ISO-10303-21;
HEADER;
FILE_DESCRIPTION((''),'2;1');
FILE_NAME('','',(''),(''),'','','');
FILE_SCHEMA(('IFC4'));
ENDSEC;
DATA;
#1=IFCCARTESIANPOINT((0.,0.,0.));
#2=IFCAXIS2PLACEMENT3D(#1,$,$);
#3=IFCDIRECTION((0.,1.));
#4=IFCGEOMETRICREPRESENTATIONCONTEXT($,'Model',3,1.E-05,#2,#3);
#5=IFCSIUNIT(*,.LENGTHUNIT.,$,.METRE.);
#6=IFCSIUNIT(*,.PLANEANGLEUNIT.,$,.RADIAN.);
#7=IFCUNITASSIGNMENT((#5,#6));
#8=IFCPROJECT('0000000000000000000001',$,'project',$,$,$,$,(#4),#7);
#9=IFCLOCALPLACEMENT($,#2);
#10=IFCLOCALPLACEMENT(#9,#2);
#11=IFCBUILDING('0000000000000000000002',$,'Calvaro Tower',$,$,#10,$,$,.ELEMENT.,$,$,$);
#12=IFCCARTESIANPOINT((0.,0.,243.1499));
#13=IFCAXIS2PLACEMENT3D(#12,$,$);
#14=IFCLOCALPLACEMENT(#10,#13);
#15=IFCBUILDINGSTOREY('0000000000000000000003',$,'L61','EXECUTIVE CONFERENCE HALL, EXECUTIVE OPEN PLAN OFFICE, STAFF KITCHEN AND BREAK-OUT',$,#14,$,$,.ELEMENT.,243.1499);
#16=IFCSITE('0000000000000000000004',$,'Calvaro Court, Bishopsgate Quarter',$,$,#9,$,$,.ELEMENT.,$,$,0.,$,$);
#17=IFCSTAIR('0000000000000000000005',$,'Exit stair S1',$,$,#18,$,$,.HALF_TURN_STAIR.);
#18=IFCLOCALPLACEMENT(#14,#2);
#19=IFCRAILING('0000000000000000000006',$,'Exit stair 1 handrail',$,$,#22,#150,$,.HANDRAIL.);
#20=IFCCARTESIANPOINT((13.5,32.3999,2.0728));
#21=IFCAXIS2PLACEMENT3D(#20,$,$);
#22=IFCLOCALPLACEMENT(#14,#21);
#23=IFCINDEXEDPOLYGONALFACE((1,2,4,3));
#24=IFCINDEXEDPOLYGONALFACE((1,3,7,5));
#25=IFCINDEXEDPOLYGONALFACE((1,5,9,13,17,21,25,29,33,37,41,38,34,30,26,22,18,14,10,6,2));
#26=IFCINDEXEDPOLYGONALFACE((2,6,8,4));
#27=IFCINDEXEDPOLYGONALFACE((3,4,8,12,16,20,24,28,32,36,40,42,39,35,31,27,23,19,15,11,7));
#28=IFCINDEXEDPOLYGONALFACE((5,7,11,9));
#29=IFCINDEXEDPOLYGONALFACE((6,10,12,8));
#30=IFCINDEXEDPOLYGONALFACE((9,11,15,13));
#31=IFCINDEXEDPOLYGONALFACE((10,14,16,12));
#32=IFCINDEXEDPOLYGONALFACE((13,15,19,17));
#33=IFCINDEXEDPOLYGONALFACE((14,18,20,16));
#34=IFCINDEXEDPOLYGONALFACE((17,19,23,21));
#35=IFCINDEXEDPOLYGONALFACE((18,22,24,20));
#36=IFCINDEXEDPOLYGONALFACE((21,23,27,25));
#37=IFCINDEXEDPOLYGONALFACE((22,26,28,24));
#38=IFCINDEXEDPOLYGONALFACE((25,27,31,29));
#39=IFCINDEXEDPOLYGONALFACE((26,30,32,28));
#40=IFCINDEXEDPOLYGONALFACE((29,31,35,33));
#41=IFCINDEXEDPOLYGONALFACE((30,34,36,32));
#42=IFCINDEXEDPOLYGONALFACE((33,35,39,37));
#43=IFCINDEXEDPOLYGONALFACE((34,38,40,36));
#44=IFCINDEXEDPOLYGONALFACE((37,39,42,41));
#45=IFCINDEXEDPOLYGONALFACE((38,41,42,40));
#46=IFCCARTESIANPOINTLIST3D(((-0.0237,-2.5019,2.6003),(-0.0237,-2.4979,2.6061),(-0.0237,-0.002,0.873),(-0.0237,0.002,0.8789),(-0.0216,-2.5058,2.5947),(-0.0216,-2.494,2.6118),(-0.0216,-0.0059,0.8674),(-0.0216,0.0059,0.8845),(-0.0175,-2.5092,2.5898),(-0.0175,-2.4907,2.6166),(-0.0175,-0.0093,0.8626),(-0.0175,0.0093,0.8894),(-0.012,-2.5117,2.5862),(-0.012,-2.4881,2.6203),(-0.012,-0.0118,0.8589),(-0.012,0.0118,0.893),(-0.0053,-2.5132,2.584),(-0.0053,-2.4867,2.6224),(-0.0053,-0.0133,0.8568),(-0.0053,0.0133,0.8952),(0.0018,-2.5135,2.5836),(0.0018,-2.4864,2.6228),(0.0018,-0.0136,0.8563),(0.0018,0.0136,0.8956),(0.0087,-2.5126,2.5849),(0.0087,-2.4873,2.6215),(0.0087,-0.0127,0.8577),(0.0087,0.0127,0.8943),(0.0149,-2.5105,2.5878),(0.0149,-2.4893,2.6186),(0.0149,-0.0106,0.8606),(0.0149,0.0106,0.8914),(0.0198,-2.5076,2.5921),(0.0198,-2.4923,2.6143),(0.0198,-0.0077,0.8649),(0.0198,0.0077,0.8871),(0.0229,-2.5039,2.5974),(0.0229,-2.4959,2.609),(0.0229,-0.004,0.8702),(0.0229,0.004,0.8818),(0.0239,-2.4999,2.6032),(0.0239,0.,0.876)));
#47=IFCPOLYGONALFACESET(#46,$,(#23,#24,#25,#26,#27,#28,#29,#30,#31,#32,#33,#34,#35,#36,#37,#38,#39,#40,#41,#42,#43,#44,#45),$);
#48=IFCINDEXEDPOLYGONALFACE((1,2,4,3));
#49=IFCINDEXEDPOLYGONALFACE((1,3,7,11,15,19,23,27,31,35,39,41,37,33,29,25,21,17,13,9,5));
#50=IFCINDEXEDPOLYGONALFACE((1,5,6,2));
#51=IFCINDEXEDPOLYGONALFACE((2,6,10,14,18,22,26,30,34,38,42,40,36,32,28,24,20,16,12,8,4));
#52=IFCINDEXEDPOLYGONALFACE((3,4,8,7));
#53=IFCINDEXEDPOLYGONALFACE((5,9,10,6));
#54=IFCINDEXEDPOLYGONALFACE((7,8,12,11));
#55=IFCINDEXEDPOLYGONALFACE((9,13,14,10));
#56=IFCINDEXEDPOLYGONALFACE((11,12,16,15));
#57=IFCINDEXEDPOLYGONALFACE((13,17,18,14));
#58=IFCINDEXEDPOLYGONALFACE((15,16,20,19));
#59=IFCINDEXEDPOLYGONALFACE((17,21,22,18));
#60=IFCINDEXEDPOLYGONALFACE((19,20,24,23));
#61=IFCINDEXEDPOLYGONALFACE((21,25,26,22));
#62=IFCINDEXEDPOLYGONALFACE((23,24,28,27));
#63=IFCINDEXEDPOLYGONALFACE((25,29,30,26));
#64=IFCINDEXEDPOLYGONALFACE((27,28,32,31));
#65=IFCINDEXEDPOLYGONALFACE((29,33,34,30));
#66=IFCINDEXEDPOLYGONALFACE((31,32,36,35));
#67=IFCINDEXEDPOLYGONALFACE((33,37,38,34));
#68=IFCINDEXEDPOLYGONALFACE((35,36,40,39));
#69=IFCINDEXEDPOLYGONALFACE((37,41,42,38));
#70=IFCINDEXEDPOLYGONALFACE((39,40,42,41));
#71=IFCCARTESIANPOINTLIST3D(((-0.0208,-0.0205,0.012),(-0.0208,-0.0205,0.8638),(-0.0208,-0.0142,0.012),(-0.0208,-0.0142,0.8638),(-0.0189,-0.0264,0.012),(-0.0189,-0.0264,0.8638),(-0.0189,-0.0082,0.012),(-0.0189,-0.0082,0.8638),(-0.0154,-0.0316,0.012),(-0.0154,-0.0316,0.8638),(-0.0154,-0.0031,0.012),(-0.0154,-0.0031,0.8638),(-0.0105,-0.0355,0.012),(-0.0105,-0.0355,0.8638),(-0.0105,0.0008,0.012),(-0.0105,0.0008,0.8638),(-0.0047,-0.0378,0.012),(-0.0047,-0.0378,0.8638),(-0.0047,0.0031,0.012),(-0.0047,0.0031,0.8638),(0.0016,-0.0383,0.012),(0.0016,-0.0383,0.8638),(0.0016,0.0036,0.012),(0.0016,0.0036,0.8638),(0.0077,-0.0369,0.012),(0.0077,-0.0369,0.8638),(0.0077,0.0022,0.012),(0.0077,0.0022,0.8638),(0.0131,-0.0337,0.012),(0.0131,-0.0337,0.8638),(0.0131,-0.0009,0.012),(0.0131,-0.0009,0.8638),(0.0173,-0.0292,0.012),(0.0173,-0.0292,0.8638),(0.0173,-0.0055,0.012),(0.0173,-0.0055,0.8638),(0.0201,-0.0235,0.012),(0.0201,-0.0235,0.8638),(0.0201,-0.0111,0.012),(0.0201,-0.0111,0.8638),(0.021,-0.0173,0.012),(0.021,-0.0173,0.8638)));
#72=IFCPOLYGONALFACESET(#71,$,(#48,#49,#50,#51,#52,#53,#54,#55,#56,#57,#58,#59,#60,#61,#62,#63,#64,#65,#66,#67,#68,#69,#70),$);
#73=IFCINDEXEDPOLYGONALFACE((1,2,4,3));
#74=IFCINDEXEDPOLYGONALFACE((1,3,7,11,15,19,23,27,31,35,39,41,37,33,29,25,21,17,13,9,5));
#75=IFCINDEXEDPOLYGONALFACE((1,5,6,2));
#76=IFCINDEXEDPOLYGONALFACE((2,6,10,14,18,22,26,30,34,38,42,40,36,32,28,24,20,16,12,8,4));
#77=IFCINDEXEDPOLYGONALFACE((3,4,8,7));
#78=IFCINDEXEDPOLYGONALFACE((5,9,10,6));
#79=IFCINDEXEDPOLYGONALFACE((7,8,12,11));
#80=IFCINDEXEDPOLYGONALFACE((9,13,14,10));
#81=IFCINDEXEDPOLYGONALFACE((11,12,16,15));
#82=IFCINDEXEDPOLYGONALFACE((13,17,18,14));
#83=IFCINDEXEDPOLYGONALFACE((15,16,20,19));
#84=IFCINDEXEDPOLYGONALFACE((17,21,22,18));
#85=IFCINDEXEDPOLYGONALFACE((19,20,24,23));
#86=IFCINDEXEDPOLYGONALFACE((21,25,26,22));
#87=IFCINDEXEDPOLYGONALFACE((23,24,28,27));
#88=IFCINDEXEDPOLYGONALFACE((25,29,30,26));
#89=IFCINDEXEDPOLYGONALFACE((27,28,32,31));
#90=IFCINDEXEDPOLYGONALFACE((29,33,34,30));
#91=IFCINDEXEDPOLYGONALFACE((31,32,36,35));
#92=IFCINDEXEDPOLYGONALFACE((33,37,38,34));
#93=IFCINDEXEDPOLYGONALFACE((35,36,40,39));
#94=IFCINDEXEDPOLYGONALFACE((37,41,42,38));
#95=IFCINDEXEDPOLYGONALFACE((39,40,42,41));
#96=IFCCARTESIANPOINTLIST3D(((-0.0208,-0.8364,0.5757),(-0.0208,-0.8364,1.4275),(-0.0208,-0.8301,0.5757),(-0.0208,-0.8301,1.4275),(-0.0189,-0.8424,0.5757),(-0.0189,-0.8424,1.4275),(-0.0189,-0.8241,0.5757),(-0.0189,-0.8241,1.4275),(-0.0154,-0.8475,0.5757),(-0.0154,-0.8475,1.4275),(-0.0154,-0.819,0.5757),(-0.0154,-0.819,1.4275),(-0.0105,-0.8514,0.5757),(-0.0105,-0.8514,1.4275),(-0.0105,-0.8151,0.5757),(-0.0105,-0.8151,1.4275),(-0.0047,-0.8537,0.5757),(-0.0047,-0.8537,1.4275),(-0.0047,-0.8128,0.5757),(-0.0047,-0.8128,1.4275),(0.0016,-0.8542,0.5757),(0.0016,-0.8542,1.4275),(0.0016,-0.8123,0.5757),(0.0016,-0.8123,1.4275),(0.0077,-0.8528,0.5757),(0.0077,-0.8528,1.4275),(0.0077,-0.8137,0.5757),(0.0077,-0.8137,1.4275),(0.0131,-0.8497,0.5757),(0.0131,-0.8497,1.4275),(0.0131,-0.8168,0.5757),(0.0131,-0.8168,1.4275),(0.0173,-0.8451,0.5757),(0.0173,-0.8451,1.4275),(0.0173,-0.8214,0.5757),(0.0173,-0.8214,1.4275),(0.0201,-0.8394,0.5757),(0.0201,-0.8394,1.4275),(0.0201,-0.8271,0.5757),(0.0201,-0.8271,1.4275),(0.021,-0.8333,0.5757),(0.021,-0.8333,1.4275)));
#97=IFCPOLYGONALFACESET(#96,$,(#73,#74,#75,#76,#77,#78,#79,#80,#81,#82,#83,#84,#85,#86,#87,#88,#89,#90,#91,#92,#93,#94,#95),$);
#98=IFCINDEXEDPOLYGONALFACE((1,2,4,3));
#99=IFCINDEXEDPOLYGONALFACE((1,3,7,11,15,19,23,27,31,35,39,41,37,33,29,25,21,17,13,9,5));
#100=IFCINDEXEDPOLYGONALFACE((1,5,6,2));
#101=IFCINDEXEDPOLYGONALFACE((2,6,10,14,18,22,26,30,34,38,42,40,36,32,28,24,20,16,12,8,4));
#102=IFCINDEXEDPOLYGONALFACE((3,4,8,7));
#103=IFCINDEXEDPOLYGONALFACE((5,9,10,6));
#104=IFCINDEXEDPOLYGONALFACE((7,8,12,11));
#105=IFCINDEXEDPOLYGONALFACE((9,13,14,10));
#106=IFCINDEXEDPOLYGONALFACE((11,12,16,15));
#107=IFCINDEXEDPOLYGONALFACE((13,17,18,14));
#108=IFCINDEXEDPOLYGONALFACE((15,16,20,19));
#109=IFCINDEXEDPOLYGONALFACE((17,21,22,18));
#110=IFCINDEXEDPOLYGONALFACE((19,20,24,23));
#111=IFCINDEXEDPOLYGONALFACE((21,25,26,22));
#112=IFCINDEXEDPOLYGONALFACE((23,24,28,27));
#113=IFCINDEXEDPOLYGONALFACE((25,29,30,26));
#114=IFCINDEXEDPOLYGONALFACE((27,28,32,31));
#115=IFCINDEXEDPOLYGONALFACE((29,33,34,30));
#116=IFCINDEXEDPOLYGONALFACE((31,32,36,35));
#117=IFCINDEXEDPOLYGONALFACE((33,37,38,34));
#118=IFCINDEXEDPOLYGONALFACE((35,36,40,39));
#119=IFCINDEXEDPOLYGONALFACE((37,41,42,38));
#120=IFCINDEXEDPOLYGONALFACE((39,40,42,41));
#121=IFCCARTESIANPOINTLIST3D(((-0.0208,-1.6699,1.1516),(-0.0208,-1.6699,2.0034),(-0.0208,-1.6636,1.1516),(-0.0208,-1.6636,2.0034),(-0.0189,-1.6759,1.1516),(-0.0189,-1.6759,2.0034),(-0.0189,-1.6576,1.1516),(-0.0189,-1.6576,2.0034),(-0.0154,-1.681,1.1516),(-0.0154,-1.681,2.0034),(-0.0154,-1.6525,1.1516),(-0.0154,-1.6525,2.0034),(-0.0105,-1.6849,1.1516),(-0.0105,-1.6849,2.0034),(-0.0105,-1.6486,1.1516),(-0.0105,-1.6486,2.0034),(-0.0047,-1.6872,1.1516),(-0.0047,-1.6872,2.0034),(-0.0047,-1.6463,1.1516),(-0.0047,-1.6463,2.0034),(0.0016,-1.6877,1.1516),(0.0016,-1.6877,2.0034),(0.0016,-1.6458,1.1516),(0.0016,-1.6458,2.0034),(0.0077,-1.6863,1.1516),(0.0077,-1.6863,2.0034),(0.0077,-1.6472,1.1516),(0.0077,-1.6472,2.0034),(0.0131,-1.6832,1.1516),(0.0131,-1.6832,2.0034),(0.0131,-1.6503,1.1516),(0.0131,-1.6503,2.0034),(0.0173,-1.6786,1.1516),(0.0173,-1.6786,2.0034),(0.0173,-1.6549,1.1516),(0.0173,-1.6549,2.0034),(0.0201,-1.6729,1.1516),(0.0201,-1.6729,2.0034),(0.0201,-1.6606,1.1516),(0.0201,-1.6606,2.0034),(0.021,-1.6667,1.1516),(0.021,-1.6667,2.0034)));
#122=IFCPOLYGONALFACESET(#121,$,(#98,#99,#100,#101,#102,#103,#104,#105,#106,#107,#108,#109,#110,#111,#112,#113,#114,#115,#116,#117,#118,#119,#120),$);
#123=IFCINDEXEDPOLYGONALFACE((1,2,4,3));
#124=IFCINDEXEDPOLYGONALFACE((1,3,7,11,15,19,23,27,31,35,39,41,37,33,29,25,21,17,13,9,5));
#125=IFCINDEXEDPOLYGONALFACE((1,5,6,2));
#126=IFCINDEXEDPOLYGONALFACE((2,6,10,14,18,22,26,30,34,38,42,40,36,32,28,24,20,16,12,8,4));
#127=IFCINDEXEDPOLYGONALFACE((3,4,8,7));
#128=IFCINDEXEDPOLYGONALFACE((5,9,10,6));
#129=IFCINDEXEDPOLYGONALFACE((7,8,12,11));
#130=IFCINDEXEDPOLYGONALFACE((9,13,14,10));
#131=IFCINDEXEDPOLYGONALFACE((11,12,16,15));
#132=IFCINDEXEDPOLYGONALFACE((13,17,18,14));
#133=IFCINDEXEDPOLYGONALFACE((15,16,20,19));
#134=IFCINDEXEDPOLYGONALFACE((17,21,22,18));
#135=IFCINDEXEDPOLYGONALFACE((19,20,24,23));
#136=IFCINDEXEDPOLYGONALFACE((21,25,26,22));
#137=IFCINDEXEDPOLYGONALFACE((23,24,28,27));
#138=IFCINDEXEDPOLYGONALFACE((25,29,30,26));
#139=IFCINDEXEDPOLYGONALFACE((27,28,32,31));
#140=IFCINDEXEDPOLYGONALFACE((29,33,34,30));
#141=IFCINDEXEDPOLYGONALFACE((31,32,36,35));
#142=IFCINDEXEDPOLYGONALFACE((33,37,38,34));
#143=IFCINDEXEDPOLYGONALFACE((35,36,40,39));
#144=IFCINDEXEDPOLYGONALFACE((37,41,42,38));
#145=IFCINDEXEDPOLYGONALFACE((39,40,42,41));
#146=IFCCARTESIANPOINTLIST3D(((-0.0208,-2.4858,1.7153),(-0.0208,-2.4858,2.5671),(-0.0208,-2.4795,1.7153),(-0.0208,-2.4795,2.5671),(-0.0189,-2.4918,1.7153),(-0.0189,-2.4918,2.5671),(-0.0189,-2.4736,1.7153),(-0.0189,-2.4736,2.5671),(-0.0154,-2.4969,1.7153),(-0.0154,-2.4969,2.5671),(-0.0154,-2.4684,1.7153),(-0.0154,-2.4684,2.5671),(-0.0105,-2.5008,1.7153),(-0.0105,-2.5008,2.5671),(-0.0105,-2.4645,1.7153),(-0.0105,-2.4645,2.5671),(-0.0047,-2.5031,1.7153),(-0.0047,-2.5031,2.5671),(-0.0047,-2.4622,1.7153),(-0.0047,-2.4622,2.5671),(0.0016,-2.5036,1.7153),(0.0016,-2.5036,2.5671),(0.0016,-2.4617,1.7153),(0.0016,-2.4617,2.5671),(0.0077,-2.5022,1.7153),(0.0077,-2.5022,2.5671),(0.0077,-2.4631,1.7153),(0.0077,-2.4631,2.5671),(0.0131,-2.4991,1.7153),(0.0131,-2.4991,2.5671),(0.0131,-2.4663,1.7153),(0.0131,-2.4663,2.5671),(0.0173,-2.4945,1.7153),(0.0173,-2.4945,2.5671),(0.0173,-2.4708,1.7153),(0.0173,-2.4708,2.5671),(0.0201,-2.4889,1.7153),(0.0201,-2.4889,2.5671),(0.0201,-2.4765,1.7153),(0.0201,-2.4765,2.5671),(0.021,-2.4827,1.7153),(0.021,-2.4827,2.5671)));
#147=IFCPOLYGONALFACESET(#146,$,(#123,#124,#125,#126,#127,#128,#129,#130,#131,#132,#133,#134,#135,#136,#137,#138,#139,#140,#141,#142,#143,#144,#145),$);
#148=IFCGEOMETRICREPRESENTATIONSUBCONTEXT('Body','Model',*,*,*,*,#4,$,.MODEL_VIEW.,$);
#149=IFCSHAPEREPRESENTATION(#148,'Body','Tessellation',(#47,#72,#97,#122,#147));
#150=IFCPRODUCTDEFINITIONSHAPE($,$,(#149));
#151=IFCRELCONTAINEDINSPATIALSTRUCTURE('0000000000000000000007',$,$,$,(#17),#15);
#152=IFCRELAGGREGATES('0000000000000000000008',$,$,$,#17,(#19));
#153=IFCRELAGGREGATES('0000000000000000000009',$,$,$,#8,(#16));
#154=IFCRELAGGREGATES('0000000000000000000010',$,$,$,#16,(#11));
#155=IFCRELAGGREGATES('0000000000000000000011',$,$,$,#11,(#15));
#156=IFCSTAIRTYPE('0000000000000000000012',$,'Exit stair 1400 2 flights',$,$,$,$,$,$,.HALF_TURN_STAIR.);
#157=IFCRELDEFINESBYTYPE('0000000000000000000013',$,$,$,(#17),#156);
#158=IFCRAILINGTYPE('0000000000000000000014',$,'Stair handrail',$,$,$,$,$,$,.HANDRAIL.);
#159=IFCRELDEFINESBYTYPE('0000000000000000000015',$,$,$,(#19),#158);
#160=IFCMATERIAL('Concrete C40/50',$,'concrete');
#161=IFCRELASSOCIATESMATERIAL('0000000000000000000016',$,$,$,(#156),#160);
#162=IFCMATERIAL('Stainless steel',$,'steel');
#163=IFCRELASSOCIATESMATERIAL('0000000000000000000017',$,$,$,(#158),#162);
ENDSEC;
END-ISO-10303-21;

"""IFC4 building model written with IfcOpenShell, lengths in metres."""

from ifc_helpers import new_model, si_unit, direction, frame, origin, origin_2d, place, context, subcontext, project, spatial, circle, extrude, material, type_object, element, aggregate, save


model = new_model("IFC4")

# Units and contexts
model_context = context("Model", 3, precision=1e-05, world=origin(), true_north=direction((0.0, 1.0)))
body_context = subcontext(model_context, "Body", "Model", "MODEL_VIEW")
ifc_project = project(units=[si_unit("LENGTHUNIT", "METRE"), si_unit("PLANEANGLEUNIT", "RADIAN")], contexts=[model_context])

# Site, building, storey
site_placement = place(None, origin())
site = spatial("IfcSite", under=ifc_project, at=site_placement, Name="Calvaro Court, Bishopsgate Quarter", CompositionType="ELEMENT", RefElevation=0.0)
building_placement = place(site_placement, origin())
building = spatial("IfcBuilding", under=site, at=building_placement, Name="Calvaro Tower", CompositionType="ELEMENT")
storey_placement = place(building_placement, frame((0.0, 0.0, 243.1499)))
storey = spatial("IfcBuildingStorey", under=building, at=storey_placement, Name="L61", Description="EXECUTIVE CONFERENCE HALL, EXECUTIVE OPEN PLAN OFFICE, STAFF KITCHEN AND BREAK-OUT", CompositionType="ELEMENT", Elevation=243.1499)

# Stair, railing
ifc_material_1 = material(Name="Concrete C40/50", Category="concrete")
stair_type = type_object("IfcStairType", Name="Exit stair 1400 2 flights", PredefinedType="HALF_TURN_STAIR", material=ifc_material_1)
stair_placement = place(storey_placement, origin())
stair = element("IfcStair", 1, at=stair_placement, inside=storey, type_object=stair_type, Name="Exit stair S1", PredefinedType="HALF_TURN_STAIR")
ifc_material_2 = material(Name="Stainless steel", Category="steel")
railing_type = type_object("IfcRailingType", Name="Stair handrail", PredefinedType="HANDRAIL", material=ifc_material_2)
railing_placement = place(storey_placement, frame((13.5, 32.3999, 2.0728)))
railing = element("IfcRailing", 2, at=railing_placement, type_object=railing_type, Name="Exit stair 1 handrail", PredefinedType="HANDRAIL", context=body_context, shape_type="SweptSolid", body=[
    extrude(circle(Radius=0.0239, at=origin_2d()), frame((0.0, 0.0, 0.876), z_axis=(0.0, -0.822727, 0.568437), x_axis=(1.0, 0.0, 0.0)), (0.0, 0.0, 1.0), 3.0386),
    extrude(circle(Radius=0.021, at=origin_2d()), frame((0.0, -0.0173, 0.012)), (0.0, 0.0, 1.0), 0.8518),
    extrude(circle(Radius=0.021, at=origin_2d()), frame((0.0, -0.8333, 0.5757)), (0.0, 0.0, 1.0), 0.8518),
    extrude(circle(Radius=0.021, at=origin_2d()), frame((0.0, -1.6667, 1.1516)), (0.0, 0.0, 1.0), 0.8518),
    extrude(circle(Radius=0.021, at=origin_2d()), frame((0.0, -2.4827, 1.7153)), (0.0, 0.0, 1.0), 0.8518),
])
aggregate(stair, [railing])

save(model, "model.ifc")
